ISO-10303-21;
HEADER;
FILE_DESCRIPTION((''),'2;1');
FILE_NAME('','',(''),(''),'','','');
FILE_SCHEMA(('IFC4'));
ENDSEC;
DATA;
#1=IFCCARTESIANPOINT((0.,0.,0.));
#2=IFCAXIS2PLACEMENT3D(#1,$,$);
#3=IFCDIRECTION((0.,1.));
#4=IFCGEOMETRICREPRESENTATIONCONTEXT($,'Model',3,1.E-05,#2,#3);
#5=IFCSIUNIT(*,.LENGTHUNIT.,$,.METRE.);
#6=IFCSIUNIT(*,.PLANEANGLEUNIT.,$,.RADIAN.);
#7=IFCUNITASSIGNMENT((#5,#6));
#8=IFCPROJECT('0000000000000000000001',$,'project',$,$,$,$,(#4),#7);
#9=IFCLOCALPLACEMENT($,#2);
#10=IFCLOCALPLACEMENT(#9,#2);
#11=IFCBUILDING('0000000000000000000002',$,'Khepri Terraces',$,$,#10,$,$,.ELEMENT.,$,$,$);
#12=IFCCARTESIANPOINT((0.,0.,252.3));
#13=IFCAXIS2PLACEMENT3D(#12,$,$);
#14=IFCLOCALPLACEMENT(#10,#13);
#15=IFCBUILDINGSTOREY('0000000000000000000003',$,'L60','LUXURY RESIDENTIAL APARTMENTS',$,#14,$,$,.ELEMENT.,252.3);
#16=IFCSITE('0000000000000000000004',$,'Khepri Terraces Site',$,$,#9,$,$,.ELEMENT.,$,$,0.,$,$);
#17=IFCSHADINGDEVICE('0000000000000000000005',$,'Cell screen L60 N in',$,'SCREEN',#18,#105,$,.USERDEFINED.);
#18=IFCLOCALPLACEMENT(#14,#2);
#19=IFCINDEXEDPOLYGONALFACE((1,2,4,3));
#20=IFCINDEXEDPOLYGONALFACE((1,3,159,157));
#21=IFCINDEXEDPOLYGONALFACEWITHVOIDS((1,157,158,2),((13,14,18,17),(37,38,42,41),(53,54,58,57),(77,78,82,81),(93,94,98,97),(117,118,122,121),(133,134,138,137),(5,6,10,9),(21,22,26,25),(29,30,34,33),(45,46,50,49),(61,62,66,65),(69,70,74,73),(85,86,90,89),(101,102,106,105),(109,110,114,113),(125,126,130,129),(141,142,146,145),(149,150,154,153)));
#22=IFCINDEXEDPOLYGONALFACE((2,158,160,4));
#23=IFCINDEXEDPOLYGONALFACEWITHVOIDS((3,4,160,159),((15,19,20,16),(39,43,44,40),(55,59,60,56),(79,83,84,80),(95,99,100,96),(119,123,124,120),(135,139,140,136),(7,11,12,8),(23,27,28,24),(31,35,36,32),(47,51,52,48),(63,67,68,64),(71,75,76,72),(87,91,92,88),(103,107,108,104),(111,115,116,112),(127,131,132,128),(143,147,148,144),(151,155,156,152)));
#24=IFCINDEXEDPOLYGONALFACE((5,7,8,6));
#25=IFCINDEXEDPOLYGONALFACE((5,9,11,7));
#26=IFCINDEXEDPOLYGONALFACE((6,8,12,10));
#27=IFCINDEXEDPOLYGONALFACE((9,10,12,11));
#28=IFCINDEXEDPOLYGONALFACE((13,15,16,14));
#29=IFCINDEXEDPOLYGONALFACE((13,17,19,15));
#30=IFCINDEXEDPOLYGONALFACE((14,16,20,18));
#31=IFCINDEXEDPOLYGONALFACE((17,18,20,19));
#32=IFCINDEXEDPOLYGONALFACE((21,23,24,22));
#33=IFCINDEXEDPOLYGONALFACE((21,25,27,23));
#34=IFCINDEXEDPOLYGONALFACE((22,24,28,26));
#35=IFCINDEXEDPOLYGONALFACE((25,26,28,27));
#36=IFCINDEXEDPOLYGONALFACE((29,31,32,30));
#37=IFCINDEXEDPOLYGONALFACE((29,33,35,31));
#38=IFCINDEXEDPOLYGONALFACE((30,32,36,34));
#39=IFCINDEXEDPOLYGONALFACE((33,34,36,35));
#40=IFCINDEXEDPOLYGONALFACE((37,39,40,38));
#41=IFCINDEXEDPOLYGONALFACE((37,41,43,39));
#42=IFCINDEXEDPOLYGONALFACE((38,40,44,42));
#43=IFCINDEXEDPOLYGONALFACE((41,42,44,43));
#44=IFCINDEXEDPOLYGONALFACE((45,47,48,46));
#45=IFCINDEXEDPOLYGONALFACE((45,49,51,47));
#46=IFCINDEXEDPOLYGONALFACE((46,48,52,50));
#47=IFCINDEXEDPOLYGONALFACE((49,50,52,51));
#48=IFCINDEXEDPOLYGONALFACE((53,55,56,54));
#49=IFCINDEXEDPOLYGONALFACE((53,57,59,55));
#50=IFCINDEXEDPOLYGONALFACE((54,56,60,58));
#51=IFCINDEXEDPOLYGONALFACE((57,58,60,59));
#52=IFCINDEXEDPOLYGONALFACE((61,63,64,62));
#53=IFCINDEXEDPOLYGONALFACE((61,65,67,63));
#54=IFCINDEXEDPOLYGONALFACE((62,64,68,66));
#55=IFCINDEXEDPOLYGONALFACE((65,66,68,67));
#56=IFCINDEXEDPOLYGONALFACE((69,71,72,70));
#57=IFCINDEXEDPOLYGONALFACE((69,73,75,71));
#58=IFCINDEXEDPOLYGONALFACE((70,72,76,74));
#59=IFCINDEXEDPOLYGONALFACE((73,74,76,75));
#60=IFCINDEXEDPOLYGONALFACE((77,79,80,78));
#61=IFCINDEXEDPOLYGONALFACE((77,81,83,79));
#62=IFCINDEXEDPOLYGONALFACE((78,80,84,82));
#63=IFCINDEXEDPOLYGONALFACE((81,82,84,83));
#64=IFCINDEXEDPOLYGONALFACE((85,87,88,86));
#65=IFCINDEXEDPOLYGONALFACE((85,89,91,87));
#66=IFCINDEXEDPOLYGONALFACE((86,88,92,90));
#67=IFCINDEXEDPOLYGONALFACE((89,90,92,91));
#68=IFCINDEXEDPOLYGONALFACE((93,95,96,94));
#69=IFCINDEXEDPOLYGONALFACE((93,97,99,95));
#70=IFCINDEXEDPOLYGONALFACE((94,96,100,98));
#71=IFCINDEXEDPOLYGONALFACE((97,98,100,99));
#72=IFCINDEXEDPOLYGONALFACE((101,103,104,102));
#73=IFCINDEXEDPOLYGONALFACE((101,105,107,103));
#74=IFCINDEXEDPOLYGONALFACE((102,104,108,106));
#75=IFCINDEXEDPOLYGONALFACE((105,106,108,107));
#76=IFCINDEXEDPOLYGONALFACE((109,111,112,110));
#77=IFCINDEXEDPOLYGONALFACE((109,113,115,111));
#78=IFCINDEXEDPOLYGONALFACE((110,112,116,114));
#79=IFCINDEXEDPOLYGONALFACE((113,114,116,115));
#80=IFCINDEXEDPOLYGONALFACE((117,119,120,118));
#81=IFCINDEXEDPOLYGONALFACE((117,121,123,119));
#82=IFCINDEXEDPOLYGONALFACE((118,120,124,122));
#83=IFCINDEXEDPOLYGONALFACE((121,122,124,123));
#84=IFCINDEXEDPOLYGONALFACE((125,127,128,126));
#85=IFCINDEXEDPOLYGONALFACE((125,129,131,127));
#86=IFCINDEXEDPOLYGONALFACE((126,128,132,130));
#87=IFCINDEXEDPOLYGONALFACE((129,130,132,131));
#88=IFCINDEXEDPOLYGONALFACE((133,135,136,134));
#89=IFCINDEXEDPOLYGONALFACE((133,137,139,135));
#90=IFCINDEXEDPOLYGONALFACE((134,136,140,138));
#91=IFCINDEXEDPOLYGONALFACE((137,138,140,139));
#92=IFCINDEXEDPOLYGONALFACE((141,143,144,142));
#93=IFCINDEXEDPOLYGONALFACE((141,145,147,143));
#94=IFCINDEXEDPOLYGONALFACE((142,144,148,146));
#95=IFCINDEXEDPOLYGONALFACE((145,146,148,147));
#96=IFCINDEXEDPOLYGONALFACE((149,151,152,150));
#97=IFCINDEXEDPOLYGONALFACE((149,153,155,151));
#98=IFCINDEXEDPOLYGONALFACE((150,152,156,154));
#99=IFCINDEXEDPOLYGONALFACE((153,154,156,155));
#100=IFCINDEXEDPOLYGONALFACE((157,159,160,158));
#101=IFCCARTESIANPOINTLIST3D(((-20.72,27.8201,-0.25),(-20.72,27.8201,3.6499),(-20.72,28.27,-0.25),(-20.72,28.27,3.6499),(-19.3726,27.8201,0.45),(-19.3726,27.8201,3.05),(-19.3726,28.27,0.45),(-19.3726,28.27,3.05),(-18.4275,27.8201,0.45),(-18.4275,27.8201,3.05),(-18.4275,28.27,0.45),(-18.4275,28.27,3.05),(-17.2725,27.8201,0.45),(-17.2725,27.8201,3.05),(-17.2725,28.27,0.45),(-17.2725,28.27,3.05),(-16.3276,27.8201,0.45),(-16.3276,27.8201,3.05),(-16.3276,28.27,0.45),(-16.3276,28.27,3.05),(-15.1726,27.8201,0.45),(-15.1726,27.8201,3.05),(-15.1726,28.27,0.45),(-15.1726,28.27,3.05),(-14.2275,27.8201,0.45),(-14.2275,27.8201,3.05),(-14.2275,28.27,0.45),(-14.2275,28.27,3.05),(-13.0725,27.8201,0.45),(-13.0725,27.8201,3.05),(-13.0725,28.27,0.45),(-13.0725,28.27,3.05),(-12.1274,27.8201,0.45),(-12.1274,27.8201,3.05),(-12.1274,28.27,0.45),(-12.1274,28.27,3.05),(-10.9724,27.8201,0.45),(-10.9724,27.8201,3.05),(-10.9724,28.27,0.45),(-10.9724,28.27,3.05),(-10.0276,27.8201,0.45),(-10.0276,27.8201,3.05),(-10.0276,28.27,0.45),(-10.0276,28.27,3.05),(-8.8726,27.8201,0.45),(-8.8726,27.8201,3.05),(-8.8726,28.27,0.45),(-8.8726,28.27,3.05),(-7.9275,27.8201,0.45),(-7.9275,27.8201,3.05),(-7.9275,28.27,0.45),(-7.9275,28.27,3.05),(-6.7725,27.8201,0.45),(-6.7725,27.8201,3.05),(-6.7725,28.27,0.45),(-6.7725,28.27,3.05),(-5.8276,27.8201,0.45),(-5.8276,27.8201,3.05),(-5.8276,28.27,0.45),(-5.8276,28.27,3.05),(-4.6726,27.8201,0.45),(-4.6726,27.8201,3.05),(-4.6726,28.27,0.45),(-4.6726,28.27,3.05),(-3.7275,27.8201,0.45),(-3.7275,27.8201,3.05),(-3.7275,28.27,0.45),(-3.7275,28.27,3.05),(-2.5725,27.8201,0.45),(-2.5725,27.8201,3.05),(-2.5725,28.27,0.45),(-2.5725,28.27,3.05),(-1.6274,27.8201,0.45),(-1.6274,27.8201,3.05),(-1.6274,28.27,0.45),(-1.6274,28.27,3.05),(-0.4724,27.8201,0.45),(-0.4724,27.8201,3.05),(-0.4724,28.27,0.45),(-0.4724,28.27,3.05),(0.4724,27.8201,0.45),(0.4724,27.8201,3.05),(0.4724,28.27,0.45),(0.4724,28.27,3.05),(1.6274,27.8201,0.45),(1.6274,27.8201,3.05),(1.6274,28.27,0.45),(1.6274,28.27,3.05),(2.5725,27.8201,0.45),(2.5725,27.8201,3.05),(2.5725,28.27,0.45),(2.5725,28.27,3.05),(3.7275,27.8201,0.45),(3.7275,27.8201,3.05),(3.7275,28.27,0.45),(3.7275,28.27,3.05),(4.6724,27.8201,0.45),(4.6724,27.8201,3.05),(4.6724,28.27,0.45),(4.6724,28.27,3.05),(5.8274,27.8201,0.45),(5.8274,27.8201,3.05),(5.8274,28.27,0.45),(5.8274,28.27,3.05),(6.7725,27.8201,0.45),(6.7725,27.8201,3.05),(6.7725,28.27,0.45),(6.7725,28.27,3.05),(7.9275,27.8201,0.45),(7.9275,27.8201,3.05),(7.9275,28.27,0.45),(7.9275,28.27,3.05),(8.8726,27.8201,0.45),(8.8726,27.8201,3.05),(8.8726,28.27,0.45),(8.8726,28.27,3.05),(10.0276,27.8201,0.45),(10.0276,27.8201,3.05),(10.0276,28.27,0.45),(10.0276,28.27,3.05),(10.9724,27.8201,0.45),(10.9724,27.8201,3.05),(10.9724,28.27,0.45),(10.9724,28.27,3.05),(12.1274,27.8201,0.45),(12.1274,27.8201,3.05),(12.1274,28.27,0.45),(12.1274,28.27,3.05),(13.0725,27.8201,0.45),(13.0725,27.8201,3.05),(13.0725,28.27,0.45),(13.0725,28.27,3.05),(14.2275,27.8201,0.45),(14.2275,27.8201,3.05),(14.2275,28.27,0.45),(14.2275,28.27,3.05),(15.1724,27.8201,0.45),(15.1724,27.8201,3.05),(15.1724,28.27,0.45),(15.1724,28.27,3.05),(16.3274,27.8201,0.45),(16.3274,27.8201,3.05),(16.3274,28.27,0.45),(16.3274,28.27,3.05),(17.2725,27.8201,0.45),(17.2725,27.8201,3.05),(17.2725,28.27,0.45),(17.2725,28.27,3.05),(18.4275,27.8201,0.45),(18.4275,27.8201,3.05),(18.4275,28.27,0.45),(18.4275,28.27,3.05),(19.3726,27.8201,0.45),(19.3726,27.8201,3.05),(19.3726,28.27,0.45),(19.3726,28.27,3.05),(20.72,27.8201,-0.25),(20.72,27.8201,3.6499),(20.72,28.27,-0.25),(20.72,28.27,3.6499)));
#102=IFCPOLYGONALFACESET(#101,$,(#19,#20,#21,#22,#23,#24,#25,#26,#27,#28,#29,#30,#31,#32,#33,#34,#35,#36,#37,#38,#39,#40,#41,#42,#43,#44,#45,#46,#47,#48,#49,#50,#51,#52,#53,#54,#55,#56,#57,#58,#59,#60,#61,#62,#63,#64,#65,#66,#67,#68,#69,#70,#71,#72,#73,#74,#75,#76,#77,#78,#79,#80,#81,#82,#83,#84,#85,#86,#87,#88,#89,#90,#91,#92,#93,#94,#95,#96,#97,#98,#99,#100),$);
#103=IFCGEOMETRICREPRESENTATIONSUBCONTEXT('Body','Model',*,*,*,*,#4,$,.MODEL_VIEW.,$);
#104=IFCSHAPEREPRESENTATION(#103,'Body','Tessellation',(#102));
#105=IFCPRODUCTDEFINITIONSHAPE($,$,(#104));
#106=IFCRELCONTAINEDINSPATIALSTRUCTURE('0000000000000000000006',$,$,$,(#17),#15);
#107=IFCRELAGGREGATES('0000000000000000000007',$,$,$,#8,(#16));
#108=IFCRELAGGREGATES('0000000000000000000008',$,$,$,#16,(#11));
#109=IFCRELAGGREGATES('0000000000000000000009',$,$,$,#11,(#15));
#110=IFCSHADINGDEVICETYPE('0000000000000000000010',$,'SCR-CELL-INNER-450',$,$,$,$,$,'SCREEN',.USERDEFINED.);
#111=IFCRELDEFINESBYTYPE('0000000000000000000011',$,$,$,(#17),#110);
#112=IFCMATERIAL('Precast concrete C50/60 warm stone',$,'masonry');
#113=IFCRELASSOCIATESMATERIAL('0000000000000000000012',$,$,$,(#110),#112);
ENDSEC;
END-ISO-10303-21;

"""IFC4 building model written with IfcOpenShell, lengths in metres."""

from ifc_helpers import new_model, si_unit, direction, frame, origin, place, context, subcontext, project, spatial, polyline, outline, extrude, material, type_object, element, save


model = new_model("IFC4")

# Units and contexts
model_context = context("Model", 3, precision=1e-05, world=origin(), true_north=direction((0.0, 1.0)))
body_context = subcontext(model_context, "Body", "Model", "MODEL_VIEW")
ifc_project = project(units=[si_unit("LENGTHUNIT", "METRE"), si_unit("PLANEANGLEUNIT", "RADIAN")], contexts=[model_context])

# Site, building, storey
site_placement = place(None, origin())
site = spatial("IfcSite", under=ifc_project, at=site_placement, Name="Khepri Terraces Site", CompositionType="ELEMENT", RefElevation=0.0)
building_placement = place(site_placement, origin())
building = spatial("IfcBuilding", under=site, at=building_placement, Name="Khepri Terraces", CompositionType="ELEMENT")
storey_placement = place(building_placement, frame((0.0, 0.0, 252.3)))
storey = spatial("IfcBuildingStorey", under=building, at=storey_placement, Name="L60", Description="LUXURY RESIDENTIAL APARTMENTS", CompositionType="ELEMENT", Elevation=252.3)

# Shared definitions
ifc_material_1 = material(Name="Precast concrete C50/60 warm stone", Category="masonry")

# Shading device
shading_device_type_1 = type_object("IfcShadingDeviceType", Name="SCR-CELL-INNER-450", ElementType="SCREEN", PredefinedType="USERDEFINED", material=ifc_material_1)
shading_device_1_placement = place(storey_placement, frame((20.72, 27.8201, -0.25), z_axis=(0.0, 1.0, 0.0), x_axis=(-1.0, 0.0, 0.0)))
element("IfcShadingDevice", 1, at=shading_device_1_placement, inside=storey, type_object=shading_device_type_1, Name="Cell screen L60 N in", ObjectType="SCREEN", PredefinedType="USERDEFINED", context=body_context, shape_type="SweptSolid", body=[
    extrude(outline(polyline([(0.0, 0.0), (41.4399, 0.0), (41.4399, 3.8999), (0.0, 3.8999), (0.0, 0.0)]), holes=[polyline([(1.3474, 0.7), (2.2925, 0.7), (2.2925, 3.3), (1.3474, 3.3), (1.3474, 0.7)]), polyline([(3.4475, 0.7), (4.3926, 0.7), (4.3926, 3.3), (3.4475, 3.3), (3.4475, 0.7)]), polyline([(5.5476, 0.7), (6.4924, 0.7), (6.4924, 3.3), (5.5476, 3.3), (5.5476, 0.7)]), polyline([(7.6475, 0.7), (8.5925, 0.7), (8.5925, 3.3), (7.6475, 3.3), (7.6475, 0.7)]), polyline([(9.7476, 0.7), (10.6924, 0.7), (10.6924, 3.3), (9.7476, 3.3), (9.7476, 0.7)]), polyline([(11.8474, 0.7), (12.7925, 0.7), (12.7925, 3.3), (11.8474, 3.3), (11.8474, 0.7)]), polyline([(13.9475, 0.7), (14.8926, 0.7), (14.8926, 3.3), (13.9475, 3.3), (13.9475, 0.7)]), polyline([(16.0476, 0.7), (16.9924, 0.7), (16.9924, 3.3), (16.0476, 3.3), (16.0476, 0.7)]), polyline([(18.1475, 0.7), (19.0925, 0.7), (19.0925, 3.3), (18.1475, 3.3), (18.1475, 0.7)]), polyline([(20.2476, 0.7), (21.1924, 0.7), (21.1924, 3.3), (20.2476, 3.3), (20.2476, 0.7)]), polyline([(22.3474, 0.7), (23.2925, 0.7), (23.2925, 3.3), (22.3474, 3.3), (22.3474, 0.7)]), polyline([(24.4475, 0.7), (25.3926, 0.7), (25.3926, 3.3), (24.4475, 3.3), (24.4475, 0.7)]), polyline([(26.5476, 0.7), (27.4924, 0.7), (27.4924, 3.3), (26.5476, 3.3), (26.5476, 0.7)]), polyline([(28.6475, 0.7), (29.5925, 0.7), (29.5925, 3.3), (28.6475, 3.3), (28.6475, 0.7)]), polyline([(30.7476, 0.7), (31.6924, 0.7), (31.6924, 3.3), (30.7476, 3.3), (30.7476, 0.7)]), polyline([(32.8474, 0.7), (33.7925, 0.7), (33.7925, 3.3), (32.8474, 3.3), (32.8474, 0.7)]), polyline([(34.9475, 0.7), (35.8926, 0.7), (35.8926, 3.3), (34.9475, 3.3), (34.9475, 0.7)]), polyline([(37.0476, 0.7), (37.9924, 0.7), (37.9924, 3.3), (37.0476, 3.3), (37.0476, 0.7)]), polyline([(39.1475, 0.7), (40.0925, 0.7), (40.0925, 3.3), (39.1475, 3.3), (39.1475, 0.7)])]), origin(), (0.0, 0.0, 1.0), 0.45),
])

save(model, "model.ifc")
